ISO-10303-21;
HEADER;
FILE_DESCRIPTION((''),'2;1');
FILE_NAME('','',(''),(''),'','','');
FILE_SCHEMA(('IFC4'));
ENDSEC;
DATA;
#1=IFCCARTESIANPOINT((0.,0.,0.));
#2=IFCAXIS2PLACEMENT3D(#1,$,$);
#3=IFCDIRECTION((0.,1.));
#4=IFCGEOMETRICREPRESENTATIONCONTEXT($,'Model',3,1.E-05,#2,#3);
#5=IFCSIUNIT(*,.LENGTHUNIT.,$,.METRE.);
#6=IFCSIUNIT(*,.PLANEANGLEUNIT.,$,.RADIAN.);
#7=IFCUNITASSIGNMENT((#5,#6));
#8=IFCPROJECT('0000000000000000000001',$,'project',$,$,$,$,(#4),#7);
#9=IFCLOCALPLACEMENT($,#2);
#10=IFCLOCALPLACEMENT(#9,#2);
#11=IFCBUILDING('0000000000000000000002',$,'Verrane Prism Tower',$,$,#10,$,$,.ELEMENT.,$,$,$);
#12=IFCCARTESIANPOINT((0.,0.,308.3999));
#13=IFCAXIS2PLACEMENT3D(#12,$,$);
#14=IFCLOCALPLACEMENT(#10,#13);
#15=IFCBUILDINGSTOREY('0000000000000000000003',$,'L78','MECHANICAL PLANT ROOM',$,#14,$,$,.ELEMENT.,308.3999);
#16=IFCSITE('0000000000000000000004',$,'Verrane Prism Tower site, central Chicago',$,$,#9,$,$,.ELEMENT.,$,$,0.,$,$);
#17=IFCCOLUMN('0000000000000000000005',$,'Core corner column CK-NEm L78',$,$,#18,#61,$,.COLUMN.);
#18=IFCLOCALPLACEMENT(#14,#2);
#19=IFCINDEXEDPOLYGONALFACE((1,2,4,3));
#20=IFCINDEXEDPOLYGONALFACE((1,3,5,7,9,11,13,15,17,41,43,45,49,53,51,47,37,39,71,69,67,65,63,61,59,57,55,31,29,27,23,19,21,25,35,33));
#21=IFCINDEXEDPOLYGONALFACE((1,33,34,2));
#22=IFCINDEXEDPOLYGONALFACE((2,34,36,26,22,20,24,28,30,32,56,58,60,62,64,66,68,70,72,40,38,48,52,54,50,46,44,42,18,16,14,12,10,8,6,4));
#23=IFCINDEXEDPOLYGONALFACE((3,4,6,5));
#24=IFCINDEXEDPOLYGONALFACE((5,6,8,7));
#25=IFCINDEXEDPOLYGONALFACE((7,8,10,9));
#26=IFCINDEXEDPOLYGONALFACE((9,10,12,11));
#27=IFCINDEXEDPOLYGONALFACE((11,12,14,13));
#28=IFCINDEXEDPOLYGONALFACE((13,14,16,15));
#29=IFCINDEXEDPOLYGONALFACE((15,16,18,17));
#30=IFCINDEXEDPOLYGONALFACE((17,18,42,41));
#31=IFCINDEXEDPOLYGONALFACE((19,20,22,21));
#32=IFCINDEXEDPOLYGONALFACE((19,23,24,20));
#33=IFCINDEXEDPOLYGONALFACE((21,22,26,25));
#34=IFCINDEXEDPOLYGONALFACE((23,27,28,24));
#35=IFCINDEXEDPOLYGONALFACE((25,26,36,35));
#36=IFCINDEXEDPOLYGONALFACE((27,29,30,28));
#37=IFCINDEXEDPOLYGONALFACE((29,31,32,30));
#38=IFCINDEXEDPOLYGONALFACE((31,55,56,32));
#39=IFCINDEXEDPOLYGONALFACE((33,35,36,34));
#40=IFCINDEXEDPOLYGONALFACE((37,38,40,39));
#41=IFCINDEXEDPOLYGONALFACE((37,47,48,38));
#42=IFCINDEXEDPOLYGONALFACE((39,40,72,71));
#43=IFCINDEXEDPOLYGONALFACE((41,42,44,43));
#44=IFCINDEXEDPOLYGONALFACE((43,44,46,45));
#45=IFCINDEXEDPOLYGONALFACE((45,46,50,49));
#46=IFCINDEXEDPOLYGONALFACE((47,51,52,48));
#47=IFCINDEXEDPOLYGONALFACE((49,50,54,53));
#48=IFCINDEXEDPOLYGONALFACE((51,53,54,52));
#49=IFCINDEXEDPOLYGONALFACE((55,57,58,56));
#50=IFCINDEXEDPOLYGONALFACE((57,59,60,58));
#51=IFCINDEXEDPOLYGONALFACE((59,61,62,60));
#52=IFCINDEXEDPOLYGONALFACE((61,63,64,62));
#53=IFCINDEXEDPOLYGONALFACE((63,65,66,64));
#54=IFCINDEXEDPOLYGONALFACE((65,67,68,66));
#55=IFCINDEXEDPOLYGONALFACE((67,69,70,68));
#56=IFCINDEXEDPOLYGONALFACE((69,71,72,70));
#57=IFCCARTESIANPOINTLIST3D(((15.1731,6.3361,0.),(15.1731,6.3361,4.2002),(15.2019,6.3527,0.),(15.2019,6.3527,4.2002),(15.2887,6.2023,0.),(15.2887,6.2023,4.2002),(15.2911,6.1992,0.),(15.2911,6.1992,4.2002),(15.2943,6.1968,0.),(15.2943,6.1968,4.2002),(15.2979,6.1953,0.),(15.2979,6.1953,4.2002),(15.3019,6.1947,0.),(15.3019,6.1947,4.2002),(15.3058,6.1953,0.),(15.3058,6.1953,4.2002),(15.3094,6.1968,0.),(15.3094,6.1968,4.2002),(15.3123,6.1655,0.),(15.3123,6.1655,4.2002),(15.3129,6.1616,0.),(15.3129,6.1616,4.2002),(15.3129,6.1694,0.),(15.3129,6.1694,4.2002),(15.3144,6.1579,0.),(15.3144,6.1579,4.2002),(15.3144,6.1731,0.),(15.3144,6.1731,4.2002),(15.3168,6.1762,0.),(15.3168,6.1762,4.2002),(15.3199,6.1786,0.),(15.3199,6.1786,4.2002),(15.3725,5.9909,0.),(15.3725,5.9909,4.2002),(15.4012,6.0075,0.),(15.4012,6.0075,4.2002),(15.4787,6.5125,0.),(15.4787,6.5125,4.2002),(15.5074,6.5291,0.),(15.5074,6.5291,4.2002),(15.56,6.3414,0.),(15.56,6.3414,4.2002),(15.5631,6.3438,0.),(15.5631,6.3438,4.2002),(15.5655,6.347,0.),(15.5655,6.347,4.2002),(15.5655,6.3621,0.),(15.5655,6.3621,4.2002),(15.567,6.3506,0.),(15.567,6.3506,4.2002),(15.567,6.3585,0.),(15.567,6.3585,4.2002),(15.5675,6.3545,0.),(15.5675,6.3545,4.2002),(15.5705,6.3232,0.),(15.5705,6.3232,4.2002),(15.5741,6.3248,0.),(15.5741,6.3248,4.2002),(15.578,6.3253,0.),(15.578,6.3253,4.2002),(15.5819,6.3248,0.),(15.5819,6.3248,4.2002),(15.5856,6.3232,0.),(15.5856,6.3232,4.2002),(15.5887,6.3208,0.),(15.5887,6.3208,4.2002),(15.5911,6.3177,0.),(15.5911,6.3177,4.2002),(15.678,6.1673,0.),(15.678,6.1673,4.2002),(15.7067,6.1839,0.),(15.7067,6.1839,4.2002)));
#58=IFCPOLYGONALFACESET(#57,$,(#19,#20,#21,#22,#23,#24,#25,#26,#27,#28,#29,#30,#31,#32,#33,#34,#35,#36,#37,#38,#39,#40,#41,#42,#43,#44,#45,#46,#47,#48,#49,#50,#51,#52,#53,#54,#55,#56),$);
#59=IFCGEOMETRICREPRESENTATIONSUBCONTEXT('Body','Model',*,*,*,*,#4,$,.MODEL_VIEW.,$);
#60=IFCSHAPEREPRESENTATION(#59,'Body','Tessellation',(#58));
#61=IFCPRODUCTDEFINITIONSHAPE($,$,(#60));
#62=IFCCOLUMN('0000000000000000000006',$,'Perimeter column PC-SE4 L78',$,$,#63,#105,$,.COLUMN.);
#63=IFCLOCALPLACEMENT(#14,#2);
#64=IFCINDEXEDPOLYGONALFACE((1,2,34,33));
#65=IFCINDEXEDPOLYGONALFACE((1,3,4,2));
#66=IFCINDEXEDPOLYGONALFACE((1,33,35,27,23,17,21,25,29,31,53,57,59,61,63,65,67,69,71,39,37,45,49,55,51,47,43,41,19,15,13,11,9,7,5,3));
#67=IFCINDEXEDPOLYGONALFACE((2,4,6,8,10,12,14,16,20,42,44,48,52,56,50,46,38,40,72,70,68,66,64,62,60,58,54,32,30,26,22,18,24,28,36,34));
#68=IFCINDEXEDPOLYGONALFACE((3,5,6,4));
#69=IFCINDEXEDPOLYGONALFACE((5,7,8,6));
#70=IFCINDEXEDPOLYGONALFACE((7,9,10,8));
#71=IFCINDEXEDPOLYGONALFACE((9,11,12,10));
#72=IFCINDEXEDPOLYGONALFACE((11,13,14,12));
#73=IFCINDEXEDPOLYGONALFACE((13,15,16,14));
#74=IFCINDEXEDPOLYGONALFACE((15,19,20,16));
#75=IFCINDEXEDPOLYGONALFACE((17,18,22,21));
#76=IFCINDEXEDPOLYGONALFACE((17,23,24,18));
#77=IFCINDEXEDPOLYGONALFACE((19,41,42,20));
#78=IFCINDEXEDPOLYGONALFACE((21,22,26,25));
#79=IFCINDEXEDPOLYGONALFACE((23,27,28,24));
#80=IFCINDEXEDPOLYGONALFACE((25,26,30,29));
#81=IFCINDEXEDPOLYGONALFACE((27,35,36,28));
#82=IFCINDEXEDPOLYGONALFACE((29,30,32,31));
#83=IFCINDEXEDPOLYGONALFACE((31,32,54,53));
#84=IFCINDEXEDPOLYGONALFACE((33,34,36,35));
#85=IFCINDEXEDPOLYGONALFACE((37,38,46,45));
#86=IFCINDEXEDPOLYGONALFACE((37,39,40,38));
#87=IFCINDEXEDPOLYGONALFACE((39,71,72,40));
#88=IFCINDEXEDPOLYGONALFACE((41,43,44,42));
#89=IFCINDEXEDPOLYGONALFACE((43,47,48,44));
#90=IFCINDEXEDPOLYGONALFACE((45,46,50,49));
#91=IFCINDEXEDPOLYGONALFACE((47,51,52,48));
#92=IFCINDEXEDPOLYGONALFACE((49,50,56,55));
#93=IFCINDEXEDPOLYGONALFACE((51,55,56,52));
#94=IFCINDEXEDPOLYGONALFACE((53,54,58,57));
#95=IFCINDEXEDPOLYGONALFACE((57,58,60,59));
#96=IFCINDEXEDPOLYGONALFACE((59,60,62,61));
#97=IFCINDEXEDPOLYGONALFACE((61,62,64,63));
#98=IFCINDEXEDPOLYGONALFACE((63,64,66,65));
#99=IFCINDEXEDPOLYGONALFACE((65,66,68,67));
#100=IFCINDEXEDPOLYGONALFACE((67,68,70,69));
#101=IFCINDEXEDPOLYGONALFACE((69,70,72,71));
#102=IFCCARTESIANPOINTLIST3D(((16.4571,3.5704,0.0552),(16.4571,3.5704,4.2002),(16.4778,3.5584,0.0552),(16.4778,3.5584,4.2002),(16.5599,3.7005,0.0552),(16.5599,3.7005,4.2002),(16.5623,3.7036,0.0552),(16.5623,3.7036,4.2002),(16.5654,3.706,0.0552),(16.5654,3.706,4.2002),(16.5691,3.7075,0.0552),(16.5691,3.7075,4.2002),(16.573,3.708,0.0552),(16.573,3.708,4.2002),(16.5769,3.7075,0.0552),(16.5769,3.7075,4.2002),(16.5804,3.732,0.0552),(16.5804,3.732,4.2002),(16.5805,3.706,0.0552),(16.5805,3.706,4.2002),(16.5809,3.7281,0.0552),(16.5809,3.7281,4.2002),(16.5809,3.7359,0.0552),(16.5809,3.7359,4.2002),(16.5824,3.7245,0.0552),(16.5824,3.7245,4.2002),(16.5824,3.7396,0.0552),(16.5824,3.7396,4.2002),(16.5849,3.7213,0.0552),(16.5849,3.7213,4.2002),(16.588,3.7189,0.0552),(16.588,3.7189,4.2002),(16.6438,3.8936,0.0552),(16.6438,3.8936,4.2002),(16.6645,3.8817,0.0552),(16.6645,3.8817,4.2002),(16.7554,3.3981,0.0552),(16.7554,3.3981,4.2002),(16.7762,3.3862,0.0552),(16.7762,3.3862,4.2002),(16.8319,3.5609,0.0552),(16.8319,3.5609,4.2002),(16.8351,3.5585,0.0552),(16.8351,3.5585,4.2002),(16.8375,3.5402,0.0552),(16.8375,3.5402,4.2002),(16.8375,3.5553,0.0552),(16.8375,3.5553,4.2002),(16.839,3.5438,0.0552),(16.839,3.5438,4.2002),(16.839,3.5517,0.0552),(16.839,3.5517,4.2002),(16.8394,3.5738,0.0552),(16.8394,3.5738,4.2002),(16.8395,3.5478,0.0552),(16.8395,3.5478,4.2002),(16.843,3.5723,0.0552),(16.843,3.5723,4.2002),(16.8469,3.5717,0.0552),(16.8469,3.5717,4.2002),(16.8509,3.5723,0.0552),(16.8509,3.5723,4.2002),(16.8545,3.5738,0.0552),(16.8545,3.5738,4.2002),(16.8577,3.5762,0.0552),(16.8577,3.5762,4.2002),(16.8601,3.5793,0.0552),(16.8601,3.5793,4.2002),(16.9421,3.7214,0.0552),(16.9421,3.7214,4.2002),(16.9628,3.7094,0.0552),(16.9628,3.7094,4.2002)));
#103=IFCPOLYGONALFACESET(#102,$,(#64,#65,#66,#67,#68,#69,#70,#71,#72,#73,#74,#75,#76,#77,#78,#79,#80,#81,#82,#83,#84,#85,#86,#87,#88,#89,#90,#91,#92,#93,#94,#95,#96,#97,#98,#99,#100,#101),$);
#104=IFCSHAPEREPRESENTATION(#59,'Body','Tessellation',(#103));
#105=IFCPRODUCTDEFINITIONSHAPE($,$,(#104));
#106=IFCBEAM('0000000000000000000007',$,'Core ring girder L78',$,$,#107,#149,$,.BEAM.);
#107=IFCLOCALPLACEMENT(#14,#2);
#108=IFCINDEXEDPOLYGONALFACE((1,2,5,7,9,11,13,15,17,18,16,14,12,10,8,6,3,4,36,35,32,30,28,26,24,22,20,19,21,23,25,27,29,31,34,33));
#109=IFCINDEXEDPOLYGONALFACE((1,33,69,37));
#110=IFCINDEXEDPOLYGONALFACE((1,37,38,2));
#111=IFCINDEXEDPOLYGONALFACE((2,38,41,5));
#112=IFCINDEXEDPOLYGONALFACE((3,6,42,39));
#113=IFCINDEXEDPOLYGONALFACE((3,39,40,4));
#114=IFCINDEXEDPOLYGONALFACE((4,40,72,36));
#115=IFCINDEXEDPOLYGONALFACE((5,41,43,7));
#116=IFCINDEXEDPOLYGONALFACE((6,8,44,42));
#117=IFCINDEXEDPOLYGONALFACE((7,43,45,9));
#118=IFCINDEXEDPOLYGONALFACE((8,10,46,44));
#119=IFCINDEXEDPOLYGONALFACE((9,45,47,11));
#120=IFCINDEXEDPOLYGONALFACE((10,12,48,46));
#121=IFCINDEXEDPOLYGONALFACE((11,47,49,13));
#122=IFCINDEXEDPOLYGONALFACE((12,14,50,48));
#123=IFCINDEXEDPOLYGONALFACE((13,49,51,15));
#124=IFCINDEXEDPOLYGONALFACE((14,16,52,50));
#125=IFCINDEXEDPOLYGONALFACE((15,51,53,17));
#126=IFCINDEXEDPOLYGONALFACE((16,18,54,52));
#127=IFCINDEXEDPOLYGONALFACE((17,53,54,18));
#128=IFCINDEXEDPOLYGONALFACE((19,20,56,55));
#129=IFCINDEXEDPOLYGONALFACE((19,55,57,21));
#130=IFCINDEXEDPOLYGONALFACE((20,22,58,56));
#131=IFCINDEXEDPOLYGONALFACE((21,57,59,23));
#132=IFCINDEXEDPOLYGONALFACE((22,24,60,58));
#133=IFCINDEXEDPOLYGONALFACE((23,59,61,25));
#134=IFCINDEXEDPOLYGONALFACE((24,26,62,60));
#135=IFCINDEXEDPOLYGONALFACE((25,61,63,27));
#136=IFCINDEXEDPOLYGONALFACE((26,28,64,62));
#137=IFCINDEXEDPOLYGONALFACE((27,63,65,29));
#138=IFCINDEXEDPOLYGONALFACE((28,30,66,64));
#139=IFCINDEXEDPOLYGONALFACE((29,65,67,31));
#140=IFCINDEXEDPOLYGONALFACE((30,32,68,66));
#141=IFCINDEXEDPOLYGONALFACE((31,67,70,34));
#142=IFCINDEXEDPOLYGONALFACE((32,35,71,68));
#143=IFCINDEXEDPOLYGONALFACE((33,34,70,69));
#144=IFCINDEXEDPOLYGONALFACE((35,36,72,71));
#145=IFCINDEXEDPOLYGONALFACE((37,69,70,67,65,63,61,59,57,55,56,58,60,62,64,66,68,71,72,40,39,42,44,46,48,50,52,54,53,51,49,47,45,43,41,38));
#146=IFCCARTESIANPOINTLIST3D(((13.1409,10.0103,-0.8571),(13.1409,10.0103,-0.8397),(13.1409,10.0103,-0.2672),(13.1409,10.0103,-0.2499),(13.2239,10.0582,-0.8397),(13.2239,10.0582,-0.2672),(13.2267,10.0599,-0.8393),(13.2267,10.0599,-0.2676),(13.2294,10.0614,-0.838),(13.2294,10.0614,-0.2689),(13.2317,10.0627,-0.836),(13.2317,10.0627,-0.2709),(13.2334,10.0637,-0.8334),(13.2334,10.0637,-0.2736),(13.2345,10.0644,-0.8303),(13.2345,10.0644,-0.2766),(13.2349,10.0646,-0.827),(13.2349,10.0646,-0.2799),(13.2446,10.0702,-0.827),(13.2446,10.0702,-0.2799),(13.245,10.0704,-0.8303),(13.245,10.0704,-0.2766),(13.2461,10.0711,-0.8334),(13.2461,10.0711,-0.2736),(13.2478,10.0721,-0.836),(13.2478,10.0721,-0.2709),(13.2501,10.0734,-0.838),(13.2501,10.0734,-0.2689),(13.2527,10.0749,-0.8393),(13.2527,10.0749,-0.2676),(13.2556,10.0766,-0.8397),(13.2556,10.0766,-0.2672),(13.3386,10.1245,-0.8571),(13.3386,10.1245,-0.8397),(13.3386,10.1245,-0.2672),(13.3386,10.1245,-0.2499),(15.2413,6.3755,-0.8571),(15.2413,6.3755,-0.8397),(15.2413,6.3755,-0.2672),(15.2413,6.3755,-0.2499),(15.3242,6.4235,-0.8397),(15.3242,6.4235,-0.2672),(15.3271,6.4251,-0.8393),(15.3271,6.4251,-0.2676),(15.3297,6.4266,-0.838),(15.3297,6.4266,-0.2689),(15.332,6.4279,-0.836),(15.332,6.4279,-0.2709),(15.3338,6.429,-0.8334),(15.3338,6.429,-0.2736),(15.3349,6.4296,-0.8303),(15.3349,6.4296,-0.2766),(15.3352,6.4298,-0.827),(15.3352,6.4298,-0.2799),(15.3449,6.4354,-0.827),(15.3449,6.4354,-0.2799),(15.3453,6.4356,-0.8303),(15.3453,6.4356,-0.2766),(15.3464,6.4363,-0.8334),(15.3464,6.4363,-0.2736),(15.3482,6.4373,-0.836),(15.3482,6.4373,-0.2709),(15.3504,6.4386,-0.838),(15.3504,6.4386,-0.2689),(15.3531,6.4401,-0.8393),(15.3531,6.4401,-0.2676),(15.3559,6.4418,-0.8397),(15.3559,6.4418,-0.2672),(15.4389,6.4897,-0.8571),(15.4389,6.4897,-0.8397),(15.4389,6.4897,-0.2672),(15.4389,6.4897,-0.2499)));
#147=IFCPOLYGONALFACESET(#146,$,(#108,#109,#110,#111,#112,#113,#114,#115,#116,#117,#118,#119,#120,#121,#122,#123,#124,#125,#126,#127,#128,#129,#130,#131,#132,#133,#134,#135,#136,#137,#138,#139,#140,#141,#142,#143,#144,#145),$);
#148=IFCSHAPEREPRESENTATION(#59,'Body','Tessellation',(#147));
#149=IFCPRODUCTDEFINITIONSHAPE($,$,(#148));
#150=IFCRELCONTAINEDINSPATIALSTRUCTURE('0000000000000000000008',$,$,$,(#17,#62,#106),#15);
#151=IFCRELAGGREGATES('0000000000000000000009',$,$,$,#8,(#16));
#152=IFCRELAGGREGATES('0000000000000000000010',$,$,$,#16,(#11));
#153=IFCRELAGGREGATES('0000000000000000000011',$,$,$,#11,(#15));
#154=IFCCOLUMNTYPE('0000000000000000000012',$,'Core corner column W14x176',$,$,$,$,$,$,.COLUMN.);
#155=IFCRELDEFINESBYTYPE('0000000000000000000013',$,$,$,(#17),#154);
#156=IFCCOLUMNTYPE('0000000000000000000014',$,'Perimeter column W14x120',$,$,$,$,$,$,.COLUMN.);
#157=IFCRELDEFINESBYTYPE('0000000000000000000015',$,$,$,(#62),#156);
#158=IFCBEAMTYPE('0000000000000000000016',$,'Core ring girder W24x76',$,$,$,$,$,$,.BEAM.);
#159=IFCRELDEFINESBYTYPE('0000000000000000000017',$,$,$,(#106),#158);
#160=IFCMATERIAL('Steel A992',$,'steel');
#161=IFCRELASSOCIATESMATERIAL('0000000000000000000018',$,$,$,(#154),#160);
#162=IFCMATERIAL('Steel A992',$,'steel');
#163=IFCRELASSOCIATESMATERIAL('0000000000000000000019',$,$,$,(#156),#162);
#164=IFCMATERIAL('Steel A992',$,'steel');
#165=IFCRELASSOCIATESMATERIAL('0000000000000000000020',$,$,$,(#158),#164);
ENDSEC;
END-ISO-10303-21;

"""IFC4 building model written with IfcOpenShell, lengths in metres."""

from ifc_helpers import new_model, si_unit, direction, frame, origin, origin_2d, place, context, subcontext, project, spatial, i_section, extrude, material, material_profile, profile_set, type_object, element, save


model = new_model("IFC4")

# Units and contexts
model_context = context("Model", 3, precision=1e-05, world=origin(), true_north=direction((0.0, 1.0)))
body_context = subcontext(model_context, "Body", "Model", "MODEL_VIEW")
ifc_project = project(units=[si_unit("LENGTHUNIT", "METRE"), si_unit("PLANEANGLEUNIT", "RADIAN")], contexts=[model_context])

# Site, building, storey
site_placement = place(None, origin())
site = spatial("IfcSite", under=ifc_project, at=site_placement, Name="Verrane Prism Tower site, central Chicago", CompositionType="ELEMENT", RefElevation=0.0)
building_placement = place(site_placement, origin())
building = spatial("IfcBuilding", under=site, at=building_placement, Name="Verrane Prism Tower", CompositionType="ELEMENT")
storey_placement = place(building_placement, frame((0.0, 0.0, 308.3999)))
storey = spatial("IfcBuildingStorey", under=building, at=storey_placement, Name="L78", Description="MECHANICAL PLANT ROOM", CompositionType="ELEMENT", Elevation=308.3999)

# Columns
ifc_material_1 = material(Name="Steel A992", Category="steel")
ifc_material_profile_1 = material_profile(ifc_material_1, i_section(OverallWidth=0.3987, OverallDepth=0.386, WebThickness=0.021, FlangeThickness=0.0332, FilletRadius=0.0151, at=origin_2d()), Name="W14x176")
ifc_profile_set_1 = profile_set([ifc_material_profile_1], Name="Steel A992")
column_type_1 = type_object("IfcColumnType", Name="Core corner column W14x176", PredefinedType="COLUMN", material=ifc_profile_set_1)
column_1_placement = place(storey_placement, frame((15.4399, 6.26, 0.0), z_axis=(0.0, 0.0, 1.0), x_axis=(0.5, -0.866025, 0.0)))
element("IfcColumn", 1, at=column_1_placement, inside=storey, type_object=column_type_1, Name="Core corner column CK-NEm L78", PredefinedType="COLUMN", context=body_context, shape_type="SweptSolid", body=[
    extrude(i_section(OverallWidth=0.3987, OverallDepth=0.386, WebThickness=0.021, FlangeThickness=0.0332, FilletRadius=0.0151, at=origin_2d()), origin(), (0.0, 0.0, 1.0), 4.2002),
])
ifc_material_2 = material(Name="Steel A992", Category="steel")
ifc_material_profile_2 = material_profile(ifc_material_2, i_section(OverallWidth=0.3733, OverallDepth=0.3684, WebThickness=0.0149, FlangeThickness=0.0239, FilletRadius=0.0151, at=origin_2d()), Name="W14x120")
ifc_profile_set_2 = profile_set([ifc_material_profile_2], Name="Steel A992")
column_type_2 = type_object("IfcColumnType", Name="Perimeter column W14x120", PredefinedType="COLUMN", material=ifc_profile_set_2)
column_2_placement = place(storey_placement, frame((16.71, 3.6399, 0.0552), z_axis=(0.0, 0.0, 1.0), x_axis=(-0.5, -0.866025, 0.0)))
element("IfcColumn", 2, at=column_2_placement, inside=storey, type_object=column_type_2, Name="Perimeter column PC-SE4 L78", PredefinedType="COLUMN", context=body_context, shape_type="SweptSolid", body=[
    extrude(i_section(OverallWidth=0.3733, OverallDepth=0.3684, WebThickness=0.0149, FlangeThickness=0.0239, FilletRadius=0.0151, at=origin_2d()), origin(), (0.0, 0.0, 1.0), 4.145),
])

# Beam
ifc_material_3 = material(Name="Steel A992", Category="steel")
ifc_material_profile_3 = material_profile(ifc_material_3, i_section(OverallWidth=0.2283, OverallDepth=0.6072, WebThickness=0.0112, FlangeThickness=0.0173, FilletRadius=0.0127, at=origin_2d()), Name="W24x76")
ifc_profile_set_3 = profile_set([ifc_material_profile_3], Name="Steel A992")
beam_type_1 = type_object("IfcBeamType", Name="Core ring girder W24x76", PredefinedType="BEAM", material=ifc_profile_set_3)
beam_1_placement = place(storey_placement, frame((15.3401, 6.4326, -0.5535), z_axis=(-0.500323, 0.865839, 0.0), x_axis=(-0.865839, -0.500323, 0.0)))
element("IfcBeam", 3, at=beam_1_placement, inside=storey, type_object=beam_type_1, Name="Core ring girder L78", PredefinedType="BEAM", context=body_context, shape_type="SweptSolid", body=[
    extrude(i_section(OverallWidth=0.2283, OverallDepth=0.6072, WebThickness=0.0112, FlangeThickness=0.0173, FilletRadius=0.0127, at=origin_2d()), origin(), (0.0, 0.0, 1.0), 4.198),
])

save(model, "model.ifc")
